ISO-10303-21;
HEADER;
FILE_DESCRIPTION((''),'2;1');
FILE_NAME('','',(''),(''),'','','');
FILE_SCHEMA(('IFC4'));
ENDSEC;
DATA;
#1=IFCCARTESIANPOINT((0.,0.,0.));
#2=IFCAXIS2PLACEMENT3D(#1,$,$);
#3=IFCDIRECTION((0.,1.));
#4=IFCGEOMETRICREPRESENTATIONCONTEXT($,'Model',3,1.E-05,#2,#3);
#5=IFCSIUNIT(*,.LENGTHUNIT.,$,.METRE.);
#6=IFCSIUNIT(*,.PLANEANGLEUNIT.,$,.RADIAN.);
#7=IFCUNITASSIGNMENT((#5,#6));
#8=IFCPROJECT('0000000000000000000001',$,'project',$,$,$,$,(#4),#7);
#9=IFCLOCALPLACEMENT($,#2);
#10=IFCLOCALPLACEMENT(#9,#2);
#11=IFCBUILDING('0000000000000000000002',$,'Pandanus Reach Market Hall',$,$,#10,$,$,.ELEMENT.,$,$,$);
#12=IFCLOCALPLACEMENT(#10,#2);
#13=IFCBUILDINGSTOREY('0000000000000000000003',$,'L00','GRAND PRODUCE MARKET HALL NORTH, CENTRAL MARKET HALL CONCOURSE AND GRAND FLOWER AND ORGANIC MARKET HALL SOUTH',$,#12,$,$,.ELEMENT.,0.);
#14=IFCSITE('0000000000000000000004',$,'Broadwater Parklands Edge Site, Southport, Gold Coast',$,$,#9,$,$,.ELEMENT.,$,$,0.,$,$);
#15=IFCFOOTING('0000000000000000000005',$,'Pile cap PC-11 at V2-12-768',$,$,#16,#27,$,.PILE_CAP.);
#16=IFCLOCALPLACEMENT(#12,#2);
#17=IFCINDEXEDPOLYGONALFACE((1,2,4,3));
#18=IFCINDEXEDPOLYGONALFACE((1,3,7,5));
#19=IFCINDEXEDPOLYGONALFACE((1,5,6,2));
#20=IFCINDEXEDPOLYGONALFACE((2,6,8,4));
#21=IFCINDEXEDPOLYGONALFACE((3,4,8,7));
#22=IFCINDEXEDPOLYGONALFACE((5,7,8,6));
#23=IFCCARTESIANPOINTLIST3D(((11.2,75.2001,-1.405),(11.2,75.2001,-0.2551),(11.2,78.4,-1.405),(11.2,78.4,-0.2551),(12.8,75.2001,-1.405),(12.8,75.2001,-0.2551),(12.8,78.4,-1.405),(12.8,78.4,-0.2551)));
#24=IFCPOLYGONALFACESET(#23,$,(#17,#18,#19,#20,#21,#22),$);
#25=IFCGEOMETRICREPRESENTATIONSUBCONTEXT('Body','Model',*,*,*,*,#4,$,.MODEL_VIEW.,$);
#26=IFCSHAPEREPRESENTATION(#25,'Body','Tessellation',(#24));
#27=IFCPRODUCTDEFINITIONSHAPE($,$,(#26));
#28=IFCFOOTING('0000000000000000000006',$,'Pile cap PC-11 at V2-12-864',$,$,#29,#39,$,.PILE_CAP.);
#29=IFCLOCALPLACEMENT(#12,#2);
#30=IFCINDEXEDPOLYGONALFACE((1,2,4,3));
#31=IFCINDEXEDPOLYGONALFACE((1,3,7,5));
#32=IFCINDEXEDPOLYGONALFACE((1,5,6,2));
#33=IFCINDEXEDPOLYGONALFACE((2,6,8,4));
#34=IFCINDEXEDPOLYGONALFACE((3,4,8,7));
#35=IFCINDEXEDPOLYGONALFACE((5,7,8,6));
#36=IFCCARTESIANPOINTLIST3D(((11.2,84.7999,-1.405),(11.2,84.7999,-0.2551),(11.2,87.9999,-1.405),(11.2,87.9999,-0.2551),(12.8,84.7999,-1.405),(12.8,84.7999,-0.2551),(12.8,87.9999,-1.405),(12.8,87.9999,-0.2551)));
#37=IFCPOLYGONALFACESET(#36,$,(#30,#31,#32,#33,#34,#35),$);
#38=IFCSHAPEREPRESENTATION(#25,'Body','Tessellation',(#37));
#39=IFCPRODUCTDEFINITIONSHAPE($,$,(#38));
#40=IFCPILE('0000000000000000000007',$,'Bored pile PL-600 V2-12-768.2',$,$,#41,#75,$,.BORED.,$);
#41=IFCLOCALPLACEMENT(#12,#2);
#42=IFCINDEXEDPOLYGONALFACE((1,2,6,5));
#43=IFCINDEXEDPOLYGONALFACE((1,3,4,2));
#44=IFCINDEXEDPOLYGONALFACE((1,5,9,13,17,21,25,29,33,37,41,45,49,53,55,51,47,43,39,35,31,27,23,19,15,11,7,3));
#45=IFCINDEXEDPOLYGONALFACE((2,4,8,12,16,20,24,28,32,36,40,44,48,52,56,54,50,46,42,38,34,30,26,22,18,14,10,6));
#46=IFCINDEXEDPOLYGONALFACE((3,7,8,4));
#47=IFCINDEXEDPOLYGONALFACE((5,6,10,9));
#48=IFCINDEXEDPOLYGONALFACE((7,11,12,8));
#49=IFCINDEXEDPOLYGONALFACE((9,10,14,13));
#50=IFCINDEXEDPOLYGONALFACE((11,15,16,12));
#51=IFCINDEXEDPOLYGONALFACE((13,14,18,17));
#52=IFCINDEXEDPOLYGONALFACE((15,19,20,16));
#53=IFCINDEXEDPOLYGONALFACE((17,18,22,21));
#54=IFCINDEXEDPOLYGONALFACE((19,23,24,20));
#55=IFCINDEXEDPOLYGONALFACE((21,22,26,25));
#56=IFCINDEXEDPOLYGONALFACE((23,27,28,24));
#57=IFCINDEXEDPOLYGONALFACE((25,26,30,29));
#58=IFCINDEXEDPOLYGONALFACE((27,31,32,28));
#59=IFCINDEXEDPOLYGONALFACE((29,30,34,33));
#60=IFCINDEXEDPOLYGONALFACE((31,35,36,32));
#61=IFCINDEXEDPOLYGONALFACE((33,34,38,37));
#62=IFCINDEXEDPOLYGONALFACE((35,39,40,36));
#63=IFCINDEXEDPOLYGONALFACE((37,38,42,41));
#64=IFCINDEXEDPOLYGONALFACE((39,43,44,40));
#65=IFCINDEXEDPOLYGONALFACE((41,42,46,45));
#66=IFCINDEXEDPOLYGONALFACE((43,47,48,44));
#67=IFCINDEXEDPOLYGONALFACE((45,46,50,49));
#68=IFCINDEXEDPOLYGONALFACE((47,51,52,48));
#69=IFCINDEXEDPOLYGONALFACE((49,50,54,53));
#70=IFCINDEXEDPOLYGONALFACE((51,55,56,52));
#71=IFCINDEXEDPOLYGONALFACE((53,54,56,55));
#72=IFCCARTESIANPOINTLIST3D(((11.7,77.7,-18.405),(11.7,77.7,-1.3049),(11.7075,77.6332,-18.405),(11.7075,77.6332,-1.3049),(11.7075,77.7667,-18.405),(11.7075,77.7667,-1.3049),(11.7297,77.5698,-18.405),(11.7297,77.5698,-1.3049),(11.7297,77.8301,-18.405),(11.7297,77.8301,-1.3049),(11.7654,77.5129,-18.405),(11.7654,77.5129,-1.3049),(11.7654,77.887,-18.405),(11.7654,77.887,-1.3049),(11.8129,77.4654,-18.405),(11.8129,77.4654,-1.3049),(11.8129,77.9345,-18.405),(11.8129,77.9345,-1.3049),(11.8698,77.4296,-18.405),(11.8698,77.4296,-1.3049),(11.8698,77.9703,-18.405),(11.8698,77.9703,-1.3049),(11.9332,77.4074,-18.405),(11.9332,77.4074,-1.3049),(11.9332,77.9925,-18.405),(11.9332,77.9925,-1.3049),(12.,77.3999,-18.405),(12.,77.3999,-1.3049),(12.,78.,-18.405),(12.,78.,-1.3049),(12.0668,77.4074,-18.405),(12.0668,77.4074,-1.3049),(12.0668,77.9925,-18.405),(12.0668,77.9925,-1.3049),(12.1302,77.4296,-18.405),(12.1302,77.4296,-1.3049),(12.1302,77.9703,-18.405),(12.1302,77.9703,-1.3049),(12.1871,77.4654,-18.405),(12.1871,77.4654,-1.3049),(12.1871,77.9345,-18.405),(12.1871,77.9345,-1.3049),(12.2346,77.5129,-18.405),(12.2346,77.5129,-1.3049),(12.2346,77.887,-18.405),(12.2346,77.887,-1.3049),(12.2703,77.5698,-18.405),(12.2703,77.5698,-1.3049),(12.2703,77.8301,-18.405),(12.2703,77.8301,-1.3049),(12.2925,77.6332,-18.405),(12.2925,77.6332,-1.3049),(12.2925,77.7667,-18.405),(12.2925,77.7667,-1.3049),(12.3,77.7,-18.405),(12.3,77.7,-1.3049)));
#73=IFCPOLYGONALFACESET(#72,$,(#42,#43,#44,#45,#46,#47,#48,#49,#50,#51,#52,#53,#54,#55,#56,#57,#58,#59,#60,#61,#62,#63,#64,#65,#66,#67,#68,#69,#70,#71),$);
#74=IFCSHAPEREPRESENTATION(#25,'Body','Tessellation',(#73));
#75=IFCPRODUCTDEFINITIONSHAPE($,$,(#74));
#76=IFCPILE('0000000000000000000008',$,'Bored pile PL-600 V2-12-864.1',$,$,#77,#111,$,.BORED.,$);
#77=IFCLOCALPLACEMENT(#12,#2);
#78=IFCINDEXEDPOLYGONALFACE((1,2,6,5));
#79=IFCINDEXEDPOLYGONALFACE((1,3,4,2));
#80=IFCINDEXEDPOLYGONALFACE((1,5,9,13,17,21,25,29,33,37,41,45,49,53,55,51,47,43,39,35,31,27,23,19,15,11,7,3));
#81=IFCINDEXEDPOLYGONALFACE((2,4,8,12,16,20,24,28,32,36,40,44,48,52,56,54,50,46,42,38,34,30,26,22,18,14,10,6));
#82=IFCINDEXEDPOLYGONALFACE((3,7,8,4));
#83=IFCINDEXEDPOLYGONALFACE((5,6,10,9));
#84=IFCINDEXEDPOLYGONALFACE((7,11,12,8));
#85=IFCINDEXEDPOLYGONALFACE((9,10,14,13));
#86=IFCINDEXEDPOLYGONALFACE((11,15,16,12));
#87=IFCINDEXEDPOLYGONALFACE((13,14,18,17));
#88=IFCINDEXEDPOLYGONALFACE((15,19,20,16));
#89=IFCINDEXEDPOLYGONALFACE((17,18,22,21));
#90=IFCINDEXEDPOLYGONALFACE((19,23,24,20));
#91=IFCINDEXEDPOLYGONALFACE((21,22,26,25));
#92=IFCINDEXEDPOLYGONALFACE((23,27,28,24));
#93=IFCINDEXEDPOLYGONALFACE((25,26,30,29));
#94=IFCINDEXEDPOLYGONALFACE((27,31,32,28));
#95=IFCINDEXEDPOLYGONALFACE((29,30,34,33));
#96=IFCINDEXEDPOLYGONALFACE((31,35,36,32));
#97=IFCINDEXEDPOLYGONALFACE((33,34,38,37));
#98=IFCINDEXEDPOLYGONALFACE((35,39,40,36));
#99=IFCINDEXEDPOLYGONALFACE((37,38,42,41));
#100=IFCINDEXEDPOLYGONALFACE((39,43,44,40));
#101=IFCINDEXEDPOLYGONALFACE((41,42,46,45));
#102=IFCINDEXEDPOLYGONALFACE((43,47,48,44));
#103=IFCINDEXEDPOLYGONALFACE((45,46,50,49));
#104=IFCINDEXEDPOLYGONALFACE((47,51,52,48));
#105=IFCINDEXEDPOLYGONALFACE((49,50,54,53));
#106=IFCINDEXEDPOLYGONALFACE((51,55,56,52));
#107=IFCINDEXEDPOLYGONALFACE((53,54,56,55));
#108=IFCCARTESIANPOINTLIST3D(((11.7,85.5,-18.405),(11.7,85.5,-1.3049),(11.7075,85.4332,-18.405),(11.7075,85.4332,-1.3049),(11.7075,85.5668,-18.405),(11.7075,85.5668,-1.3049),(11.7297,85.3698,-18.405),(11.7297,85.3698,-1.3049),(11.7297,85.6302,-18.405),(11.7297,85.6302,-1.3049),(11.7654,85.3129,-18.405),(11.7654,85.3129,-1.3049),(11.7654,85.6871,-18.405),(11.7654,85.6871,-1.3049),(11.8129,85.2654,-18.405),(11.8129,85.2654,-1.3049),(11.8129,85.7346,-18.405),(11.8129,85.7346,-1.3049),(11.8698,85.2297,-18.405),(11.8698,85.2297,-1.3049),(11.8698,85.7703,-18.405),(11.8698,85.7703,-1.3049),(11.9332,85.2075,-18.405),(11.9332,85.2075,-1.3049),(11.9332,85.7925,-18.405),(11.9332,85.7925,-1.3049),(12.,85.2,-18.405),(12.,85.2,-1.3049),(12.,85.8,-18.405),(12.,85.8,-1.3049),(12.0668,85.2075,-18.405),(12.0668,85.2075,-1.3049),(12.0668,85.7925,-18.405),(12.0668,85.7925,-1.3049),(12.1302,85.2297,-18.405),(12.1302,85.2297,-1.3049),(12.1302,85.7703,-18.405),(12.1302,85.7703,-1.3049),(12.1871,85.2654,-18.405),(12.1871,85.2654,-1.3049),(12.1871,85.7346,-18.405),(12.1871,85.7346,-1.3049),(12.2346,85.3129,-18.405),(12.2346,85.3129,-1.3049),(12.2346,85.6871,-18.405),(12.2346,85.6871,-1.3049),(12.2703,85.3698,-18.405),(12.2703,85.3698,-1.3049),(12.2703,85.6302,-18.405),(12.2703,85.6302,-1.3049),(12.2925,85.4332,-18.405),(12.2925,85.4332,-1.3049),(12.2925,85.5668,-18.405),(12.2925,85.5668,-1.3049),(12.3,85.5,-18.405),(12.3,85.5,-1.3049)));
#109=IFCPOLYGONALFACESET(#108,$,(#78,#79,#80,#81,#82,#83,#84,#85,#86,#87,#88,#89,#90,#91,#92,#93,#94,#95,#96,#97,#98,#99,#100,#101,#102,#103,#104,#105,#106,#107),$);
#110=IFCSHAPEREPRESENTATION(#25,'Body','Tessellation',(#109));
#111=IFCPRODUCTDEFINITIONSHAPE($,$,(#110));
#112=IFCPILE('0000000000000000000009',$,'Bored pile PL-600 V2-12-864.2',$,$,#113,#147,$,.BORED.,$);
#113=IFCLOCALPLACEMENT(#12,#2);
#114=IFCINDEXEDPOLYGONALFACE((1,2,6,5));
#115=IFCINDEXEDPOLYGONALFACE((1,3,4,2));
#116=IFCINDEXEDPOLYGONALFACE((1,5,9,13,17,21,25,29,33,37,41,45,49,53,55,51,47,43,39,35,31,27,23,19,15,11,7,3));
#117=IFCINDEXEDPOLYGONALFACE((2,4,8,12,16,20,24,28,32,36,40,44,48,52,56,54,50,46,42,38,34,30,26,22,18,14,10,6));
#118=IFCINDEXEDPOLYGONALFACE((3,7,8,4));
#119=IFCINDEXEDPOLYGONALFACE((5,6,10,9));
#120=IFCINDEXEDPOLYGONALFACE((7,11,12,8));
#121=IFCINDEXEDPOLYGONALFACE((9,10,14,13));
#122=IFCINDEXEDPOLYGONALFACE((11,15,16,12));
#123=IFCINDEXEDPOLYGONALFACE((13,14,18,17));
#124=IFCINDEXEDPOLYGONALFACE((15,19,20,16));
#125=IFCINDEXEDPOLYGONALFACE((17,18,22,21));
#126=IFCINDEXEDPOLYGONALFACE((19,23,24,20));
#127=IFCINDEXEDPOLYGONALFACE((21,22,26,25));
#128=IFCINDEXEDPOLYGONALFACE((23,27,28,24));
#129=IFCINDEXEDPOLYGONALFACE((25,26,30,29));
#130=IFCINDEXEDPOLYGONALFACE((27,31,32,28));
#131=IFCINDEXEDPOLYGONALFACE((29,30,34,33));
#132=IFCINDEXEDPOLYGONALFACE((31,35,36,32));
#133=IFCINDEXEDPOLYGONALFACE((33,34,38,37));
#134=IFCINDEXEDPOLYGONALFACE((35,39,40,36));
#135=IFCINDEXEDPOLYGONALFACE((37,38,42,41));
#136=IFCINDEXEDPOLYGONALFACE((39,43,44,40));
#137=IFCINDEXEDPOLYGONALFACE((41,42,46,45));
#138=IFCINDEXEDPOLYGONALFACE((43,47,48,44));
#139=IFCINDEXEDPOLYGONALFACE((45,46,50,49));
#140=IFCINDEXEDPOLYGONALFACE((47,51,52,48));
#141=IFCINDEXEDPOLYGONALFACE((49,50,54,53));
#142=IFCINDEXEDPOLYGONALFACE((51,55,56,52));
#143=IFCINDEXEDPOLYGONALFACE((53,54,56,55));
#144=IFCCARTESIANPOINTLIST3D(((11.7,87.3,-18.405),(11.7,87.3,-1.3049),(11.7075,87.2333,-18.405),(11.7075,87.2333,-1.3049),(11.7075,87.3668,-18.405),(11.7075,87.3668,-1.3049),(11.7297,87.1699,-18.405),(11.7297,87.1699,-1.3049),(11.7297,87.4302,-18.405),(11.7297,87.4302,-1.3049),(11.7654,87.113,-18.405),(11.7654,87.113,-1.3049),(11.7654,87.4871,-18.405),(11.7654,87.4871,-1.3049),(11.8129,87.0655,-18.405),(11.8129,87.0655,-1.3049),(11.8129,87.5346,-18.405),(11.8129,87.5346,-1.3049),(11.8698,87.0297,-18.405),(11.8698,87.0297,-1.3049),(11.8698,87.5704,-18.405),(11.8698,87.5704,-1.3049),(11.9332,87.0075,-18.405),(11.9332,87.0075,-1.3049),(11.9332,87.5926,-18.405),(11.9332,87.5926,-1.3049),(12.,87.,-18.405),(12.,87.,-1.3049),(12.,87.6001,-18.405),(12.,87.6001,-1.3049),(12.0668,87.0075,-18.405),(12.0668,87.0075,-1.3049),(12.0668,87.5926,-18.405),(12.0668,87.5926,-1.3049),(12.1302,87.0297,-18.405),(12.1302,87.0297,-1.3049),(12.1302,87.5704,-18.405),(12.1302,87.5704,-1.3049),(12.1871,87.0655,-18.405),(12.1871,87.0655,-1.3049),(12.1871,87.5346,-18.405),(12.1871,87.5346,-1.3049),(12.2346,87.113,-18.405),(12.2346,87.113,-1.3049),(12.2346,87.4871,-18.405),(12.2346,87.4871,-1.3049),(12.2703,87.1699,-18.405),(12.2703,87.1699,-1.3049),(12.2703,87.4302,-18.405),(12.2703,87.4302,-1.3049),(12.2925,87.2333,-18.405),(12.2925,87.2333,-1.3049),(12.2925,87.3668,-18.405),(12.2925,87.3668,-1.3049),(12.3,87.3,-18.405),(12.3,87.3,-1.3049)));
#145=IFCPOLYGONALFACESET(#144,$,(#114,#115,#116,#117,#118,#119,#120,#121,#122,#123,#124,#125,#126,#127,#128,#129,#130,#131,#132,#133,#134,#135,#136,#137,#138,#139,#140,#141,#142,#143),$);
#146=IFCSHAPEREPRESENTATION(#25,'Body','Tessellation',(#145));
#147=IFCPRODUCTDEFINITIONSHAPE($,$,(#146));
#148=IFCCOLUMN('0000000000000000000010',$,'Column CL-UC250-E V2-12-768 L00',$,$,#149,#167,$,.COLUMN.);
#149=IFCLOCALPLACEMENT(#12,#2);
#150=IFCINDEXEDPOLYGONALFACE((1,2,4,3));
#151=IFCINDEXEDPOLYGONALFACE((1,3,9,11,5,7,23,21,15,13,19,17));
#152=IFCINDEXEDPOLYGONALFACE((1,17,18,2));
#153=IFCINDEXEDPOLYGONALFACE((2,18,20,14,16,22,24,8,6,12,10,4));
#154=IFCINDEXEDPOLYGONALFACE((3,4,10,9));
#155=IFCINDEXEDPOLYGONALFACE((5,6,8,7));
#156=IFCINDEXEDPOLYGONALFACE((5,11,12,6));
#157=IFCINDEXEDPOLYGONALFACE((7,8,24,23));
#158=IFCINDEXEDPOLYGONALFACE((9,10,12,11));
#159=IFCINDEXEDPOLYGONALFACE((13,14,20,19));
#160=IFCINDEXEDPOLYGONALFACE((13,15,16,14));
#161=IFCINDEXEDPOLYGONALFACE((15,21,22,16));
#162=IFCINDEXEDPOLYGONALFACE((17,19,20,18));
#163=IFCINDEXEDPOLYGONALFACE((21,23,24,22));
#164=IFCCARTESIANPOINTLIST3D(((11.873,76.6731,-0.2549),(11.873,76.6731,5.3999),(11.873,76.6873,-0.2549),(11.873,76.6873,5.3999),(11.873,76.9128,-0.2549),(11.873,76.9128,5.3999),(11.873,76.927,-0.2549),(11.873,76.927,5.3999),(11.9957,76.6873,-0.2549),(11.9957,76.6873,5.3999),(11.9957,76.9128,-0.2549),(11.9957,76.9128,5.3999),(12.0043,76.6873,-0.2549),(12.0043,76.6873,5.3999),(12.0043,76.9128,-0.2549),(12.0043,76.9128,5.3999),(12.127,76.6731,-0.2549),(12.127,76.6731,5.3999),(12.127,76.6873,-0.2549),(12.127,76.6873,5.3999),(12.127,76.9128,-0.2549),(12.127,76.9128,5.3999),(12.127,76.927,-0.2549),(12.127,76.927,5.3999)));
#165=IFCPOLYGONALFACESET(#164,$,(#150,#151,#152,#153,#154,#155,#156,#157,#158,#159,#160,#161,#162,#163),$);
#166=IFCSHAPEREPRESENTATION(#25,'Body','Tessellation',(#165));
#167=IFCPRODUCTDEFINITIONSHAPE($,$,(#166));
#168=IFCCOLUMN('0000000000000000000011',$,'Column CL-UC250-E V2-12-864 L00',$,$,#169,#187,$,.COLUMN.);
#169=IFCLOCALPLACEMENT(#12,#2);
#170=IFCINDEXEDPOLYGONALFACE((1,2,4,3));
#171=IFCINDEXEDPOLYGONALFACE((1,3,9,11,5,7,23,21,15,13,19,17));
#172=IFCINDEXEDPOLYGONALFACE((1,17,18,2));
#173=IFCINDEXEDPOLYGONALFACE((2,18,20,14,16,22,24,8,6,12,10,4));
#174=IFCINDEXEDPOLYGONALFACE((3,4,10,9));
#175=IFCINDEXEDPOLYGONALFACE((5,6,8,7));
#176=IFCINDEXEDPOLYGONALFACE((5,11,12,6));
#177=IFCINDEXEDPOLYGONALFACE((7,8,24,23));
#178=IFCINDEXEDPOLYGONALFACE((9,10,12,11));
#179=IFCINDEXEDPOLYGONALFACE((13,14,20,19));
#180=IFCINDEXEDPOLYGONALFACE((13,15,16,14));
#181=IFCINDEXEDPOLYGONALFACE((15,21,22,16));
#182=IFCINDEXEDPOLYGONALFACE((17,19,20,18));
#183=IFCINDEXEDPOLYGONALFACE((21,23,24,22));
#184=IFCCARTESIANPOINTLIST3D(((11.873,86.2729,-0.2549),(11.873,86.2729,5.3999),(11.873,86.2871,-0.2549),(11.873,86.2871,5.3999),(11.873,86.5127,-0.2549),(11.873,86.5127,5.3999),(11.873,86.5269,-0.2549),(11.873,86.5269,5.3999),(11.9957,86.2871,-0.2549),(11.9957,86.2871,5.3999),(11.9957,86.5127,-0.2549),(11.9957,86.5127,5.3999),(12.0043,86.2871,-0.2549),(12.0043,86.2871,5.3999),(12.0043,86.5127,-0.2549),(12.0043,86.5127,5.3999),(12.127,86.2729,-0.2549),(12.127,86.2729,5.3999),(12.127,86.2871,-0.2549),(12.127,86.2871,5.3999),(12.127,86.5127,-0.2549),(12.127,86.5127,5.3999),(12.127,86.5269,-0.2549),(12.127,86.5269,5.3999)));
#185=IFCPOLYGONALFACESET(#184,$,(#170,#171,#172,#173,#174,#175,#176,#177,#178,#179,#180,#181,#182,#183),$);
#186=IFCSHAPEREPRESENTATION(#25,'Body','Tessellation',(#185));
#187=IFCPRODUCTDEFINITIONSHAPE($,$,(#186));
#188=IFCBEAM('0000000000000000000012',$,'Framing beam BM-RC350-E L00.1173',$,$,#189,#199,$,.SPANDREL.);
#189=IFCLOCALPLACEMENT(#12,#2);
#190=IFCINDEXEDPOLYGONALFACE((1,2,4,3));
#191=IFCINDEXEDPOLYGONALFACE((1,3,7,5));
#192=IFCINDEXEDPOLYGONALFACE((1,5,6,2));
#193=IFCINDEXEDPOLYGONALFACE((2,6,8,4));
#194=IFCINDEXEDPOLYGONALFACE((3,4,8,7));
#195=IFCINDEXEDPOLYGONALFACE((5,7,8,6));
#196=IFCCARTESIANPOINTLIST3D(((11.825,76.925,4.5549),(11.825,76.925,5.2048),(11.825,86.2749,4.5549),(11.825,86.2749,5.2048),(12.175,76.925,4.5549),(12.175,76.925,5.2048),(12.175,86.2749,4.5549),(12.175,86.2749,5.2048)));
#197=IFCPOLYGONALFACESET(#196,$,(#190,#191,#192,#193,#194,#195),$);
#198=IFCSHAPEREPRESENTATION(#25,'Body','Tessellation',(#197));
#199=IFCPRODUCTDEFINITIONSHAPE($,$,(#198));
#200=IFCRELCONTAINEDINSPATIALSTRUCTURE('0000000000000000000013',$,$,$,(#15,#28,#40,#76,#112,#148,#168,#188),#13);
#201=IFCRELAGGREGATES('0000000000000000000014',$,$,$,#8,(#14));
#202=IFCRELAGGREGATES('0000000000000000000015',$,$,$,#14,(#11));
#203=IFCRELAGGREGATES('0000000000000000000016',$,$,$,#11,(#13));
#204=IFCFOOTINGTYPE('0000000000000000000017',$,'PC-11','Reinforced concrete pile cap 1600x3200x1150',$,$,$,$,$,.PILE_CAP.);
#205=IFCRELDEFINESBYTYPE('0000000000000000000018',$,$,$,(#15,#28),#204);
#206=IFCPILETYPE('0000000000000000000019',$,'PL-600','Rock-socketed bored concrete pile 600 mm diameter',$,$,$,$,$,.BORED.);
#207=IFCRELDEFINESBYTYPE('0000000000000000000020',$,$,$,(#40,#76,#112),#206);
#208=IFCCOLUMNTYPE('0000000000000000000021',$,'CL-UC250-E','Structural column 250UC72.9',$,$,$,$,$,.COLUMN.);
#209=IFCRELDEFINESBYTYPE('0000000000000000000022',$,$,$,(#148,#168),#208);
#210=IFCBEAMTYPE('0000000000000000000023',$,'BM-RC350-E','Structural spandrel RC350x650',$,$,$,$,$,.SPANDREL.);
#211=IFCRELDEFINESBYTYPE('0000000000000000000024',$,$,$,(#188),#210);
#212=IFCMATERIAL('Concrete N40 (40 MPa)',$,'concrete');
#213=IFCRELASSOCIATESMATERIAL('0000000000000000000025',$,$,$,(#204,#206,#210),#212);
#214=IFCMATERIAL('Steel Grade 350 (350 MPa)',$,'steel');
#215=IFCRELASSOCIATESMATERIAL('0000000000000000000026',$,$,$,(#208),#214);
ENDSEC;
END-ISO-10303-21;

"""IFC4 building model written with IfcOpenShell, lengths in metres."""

from ifc_helpers import new_model, si_unit, direction, frame, origin, origin_2d, place, context, subcontext, project, spatial, rectangle, circle, i_section, extrude, material, material_profile, profile_set, type_object, element, save


model = new_model("IFC4")

# Units and contexts
model_context = context("Model", 3, precision=1e-05, world=origin(), true_north=direction((0.0, 1.0)))
body_context = subcontext(model_context, "Body", "Model", "MODEL_VIEW")
ifc_project = project(units=[si_unit("LENGTHUNIT", "METRE"), si_unit("PLANEANGLEUNIT", "RADIAN")], contexts=[model_context])

# Site, building, storey
site_placement = place(None, origin())
site = spatial("IfcSite", under=ifc_project, at=site_placement, Name="Broadwater Parklands Edge Site, Southport, Gold Coast", CompositionType="ELEMENT", RefElevation=0.0)
building_placement = place(site_placement, origin())
building = spatial("IfcBuilding", under=site, at=building_placement, Name="Pandanus Reach Market Hall", CompositionType="ELEMENT")
storey_placement = place(building_placement, origin())
storey = spatial("IfcBuildingStorey", under=building, at=storey_placement, Name="L00", Description="GRAND PRODUCE MARKET HALL NORTH, CENTRAL MARKET HALL CONCOURSE AND GRAND FLOWER AND ORGANIC MARKET HALL SOUTH", CompositionType="ELEMENT", Elevation=0.0)

# Footings
ifc_material_1 = material(Name="Concrete N40 (40 MPa)", Category="concrete")
footing_type = type_object("IfcFootingType", Name="PC-11", Description="Reinforced concrete pile cap 1600x3200x1150", PredefinedType="PILE_CAP", material=ifc_material_1)
for number, where, z_axis, x_axis, name in (
    (1, (12.0, 76.8, -1.405), (0.0, 0.0, 1.0), (1.0, 0.0, 0.0), "Pile cap PC-11 at V2-12-768"),
    (2, (12.0, 86.3999, -1.405), (0.0, 0.0, 1.0), (1.0, 0.0, 0.0), "Pile cap PC-11 at V2-12-864"),
):
    element("IfcFooting", number, at=place(storey_placement, frame(where, z_axis=z_axis, x_axis=x_axis)), inside=storey, type_object=footing_type, Name=name, PredefinedType="PILE_CAP", context=body_context, shape_type="SweptSolid", body=[
        extrude(rectangle(XDim=1.6001, YDim=3.2, at=origin_2d()), origin(), (0.0, 0.0, 1.0), 1.1499),
    ])

# Piles
ifc_material_profile_1 = material_profile(ifc_material_1, circle(Radius=0.3, at=origin_2d()), Name="PILE-600D", Category="LoadBearing")
ifc_profile_set_1 = profile_set([ifc_material_profile_1], Name="Concrete N40 (40 MPa)")
pile_type = type_object("IfcPileType", Name="PL-600", Description="Rock-socketed bored concrete pile 600 mm diameter", PredefinedType="BORED", material=ifc_profile_set_1)
for number, where, z_axis, x_axis, name in (
    (3, (12.0, 77.7, -1.3049), (0.0, 0.0, -1.0), (1.0, 0.0, 0.0), "Bored pile PL-600 V2-12-768.2"),
    (4, (12.0, 85.5, -1.3049), (0.0, 0.0, -1.0), (1.0, 0.0, 0.0), "Bored pile PL-600 V2-12-864.1"),
    (5, (12.0, 87.3, -1.3049), (0.0, 0.0, -1.0), (1.0, 0.0, 0.0), "Bored pile PL-600 V2-12-864.2"),
):
    element("IfcPile", number, at=place(storey_placement, frame(where, z_axis=z_axis, x_axis=x_axis)), inside=storey, type_object=pile_type, Name=name, PredefinedType="BORED", context=body_context, shape_type="SweptSolid", body=[
        extrude(circle(Radius=0.3, at=origin_2d()), origin(), (0.0, 0.0, 1.0), 17.1001),
    ])

# Columns
ifc_material_2 = material(Name="Steel Grade 350 (350 MPa)", Category="steel")
ifc_material_profile_2 = material_profile(ifc_material_2, i_section(OverallWidth=0.2539, OverallDepth=0.2539, WebThickness=0.0085, FlangeThickness=0.0142, at=origin_2d()), Name="250UC72.9", Category="LoadBearing")
ifc_profile_set_2 = profile_set([ifc_material_profile_2], Name="Steel Grade 350 (350 MPa)")
column_type = type_object("IfcColumnType", Name="CL-UC250-E", Description="Structural column 250UC72.9", PredefinedType="COLUMN", material=ifc_profile_set_2)
for number, where, z_axis, x_axis, name in (
    (6, (12.0, 76.8, -0.2549), (0.0, 0.0, 1.0), (1.0, 0.0, 0.0), "Column CL-UC250-E V2-12-768 L00"),
    (7, (12.0, 86.3999, -0.2549), (0.0, 0.0, 1.0), (1.0, 0.0, 0.0), "Column CL-UC250-E V2-12-864 L00"),
):
    element("IfcColumn", number, at=place(storey_placement, frame(where, z_axis=z_axis, x_axis=x_axis)), inside=storey, type_object=column_type, Name=name, PredefinedType="COLUMN", context=body_context, shape_type="SweptSolid", body=[
        extrude(i_section(OverallWidth=0.2539, OverallDepth=0.2539, WebThickness=0.0085, FlangeThickness=0.0142, at=origin_2d()), origin(), (0.0, 0.0, 1.0), 5.6548),
    ])

# Beam
ifc_material_profile_3 = material_profile(ifc_material_1, rectangle(XDim=0.3501, YDim=0.6499, at=origin_2d()), Name="RC350x650", Category="LoadBearing")
ifc_profile_set_3 = profile_set([ifc_material_profile_3], Name="Concrete N40 (40 MPa)")
beam_type = type_object("IfcBeamType", Name="BM-RC350-E", Description="Structural spandrel RC350x650", PredefinedType="SPANDREL", material=ifc_profile_set_3)
beam_placement = place(storey_placement, frame((12.0, 76.925, 4.8799), z_axis=(0.0, 1.0, 0.0), x_axis=(-1.0, 0.0, 0.0)))
element("IfcBeam", 8, at=beam_placement, inside=storey, type_object=beam_type, Name="Framing beam BM-RC350-E L00.1173", PredefinedType="SPANDREL", context=body_context, shape_type="SweptSolid", body=[
    extrude(rectangle(XDim=0.3501, YDim=0.6499, at=origin_2d()), origin(), (0.0, 0.0, 1.0), 9.3499),
])

save(model, "model.ifc")
